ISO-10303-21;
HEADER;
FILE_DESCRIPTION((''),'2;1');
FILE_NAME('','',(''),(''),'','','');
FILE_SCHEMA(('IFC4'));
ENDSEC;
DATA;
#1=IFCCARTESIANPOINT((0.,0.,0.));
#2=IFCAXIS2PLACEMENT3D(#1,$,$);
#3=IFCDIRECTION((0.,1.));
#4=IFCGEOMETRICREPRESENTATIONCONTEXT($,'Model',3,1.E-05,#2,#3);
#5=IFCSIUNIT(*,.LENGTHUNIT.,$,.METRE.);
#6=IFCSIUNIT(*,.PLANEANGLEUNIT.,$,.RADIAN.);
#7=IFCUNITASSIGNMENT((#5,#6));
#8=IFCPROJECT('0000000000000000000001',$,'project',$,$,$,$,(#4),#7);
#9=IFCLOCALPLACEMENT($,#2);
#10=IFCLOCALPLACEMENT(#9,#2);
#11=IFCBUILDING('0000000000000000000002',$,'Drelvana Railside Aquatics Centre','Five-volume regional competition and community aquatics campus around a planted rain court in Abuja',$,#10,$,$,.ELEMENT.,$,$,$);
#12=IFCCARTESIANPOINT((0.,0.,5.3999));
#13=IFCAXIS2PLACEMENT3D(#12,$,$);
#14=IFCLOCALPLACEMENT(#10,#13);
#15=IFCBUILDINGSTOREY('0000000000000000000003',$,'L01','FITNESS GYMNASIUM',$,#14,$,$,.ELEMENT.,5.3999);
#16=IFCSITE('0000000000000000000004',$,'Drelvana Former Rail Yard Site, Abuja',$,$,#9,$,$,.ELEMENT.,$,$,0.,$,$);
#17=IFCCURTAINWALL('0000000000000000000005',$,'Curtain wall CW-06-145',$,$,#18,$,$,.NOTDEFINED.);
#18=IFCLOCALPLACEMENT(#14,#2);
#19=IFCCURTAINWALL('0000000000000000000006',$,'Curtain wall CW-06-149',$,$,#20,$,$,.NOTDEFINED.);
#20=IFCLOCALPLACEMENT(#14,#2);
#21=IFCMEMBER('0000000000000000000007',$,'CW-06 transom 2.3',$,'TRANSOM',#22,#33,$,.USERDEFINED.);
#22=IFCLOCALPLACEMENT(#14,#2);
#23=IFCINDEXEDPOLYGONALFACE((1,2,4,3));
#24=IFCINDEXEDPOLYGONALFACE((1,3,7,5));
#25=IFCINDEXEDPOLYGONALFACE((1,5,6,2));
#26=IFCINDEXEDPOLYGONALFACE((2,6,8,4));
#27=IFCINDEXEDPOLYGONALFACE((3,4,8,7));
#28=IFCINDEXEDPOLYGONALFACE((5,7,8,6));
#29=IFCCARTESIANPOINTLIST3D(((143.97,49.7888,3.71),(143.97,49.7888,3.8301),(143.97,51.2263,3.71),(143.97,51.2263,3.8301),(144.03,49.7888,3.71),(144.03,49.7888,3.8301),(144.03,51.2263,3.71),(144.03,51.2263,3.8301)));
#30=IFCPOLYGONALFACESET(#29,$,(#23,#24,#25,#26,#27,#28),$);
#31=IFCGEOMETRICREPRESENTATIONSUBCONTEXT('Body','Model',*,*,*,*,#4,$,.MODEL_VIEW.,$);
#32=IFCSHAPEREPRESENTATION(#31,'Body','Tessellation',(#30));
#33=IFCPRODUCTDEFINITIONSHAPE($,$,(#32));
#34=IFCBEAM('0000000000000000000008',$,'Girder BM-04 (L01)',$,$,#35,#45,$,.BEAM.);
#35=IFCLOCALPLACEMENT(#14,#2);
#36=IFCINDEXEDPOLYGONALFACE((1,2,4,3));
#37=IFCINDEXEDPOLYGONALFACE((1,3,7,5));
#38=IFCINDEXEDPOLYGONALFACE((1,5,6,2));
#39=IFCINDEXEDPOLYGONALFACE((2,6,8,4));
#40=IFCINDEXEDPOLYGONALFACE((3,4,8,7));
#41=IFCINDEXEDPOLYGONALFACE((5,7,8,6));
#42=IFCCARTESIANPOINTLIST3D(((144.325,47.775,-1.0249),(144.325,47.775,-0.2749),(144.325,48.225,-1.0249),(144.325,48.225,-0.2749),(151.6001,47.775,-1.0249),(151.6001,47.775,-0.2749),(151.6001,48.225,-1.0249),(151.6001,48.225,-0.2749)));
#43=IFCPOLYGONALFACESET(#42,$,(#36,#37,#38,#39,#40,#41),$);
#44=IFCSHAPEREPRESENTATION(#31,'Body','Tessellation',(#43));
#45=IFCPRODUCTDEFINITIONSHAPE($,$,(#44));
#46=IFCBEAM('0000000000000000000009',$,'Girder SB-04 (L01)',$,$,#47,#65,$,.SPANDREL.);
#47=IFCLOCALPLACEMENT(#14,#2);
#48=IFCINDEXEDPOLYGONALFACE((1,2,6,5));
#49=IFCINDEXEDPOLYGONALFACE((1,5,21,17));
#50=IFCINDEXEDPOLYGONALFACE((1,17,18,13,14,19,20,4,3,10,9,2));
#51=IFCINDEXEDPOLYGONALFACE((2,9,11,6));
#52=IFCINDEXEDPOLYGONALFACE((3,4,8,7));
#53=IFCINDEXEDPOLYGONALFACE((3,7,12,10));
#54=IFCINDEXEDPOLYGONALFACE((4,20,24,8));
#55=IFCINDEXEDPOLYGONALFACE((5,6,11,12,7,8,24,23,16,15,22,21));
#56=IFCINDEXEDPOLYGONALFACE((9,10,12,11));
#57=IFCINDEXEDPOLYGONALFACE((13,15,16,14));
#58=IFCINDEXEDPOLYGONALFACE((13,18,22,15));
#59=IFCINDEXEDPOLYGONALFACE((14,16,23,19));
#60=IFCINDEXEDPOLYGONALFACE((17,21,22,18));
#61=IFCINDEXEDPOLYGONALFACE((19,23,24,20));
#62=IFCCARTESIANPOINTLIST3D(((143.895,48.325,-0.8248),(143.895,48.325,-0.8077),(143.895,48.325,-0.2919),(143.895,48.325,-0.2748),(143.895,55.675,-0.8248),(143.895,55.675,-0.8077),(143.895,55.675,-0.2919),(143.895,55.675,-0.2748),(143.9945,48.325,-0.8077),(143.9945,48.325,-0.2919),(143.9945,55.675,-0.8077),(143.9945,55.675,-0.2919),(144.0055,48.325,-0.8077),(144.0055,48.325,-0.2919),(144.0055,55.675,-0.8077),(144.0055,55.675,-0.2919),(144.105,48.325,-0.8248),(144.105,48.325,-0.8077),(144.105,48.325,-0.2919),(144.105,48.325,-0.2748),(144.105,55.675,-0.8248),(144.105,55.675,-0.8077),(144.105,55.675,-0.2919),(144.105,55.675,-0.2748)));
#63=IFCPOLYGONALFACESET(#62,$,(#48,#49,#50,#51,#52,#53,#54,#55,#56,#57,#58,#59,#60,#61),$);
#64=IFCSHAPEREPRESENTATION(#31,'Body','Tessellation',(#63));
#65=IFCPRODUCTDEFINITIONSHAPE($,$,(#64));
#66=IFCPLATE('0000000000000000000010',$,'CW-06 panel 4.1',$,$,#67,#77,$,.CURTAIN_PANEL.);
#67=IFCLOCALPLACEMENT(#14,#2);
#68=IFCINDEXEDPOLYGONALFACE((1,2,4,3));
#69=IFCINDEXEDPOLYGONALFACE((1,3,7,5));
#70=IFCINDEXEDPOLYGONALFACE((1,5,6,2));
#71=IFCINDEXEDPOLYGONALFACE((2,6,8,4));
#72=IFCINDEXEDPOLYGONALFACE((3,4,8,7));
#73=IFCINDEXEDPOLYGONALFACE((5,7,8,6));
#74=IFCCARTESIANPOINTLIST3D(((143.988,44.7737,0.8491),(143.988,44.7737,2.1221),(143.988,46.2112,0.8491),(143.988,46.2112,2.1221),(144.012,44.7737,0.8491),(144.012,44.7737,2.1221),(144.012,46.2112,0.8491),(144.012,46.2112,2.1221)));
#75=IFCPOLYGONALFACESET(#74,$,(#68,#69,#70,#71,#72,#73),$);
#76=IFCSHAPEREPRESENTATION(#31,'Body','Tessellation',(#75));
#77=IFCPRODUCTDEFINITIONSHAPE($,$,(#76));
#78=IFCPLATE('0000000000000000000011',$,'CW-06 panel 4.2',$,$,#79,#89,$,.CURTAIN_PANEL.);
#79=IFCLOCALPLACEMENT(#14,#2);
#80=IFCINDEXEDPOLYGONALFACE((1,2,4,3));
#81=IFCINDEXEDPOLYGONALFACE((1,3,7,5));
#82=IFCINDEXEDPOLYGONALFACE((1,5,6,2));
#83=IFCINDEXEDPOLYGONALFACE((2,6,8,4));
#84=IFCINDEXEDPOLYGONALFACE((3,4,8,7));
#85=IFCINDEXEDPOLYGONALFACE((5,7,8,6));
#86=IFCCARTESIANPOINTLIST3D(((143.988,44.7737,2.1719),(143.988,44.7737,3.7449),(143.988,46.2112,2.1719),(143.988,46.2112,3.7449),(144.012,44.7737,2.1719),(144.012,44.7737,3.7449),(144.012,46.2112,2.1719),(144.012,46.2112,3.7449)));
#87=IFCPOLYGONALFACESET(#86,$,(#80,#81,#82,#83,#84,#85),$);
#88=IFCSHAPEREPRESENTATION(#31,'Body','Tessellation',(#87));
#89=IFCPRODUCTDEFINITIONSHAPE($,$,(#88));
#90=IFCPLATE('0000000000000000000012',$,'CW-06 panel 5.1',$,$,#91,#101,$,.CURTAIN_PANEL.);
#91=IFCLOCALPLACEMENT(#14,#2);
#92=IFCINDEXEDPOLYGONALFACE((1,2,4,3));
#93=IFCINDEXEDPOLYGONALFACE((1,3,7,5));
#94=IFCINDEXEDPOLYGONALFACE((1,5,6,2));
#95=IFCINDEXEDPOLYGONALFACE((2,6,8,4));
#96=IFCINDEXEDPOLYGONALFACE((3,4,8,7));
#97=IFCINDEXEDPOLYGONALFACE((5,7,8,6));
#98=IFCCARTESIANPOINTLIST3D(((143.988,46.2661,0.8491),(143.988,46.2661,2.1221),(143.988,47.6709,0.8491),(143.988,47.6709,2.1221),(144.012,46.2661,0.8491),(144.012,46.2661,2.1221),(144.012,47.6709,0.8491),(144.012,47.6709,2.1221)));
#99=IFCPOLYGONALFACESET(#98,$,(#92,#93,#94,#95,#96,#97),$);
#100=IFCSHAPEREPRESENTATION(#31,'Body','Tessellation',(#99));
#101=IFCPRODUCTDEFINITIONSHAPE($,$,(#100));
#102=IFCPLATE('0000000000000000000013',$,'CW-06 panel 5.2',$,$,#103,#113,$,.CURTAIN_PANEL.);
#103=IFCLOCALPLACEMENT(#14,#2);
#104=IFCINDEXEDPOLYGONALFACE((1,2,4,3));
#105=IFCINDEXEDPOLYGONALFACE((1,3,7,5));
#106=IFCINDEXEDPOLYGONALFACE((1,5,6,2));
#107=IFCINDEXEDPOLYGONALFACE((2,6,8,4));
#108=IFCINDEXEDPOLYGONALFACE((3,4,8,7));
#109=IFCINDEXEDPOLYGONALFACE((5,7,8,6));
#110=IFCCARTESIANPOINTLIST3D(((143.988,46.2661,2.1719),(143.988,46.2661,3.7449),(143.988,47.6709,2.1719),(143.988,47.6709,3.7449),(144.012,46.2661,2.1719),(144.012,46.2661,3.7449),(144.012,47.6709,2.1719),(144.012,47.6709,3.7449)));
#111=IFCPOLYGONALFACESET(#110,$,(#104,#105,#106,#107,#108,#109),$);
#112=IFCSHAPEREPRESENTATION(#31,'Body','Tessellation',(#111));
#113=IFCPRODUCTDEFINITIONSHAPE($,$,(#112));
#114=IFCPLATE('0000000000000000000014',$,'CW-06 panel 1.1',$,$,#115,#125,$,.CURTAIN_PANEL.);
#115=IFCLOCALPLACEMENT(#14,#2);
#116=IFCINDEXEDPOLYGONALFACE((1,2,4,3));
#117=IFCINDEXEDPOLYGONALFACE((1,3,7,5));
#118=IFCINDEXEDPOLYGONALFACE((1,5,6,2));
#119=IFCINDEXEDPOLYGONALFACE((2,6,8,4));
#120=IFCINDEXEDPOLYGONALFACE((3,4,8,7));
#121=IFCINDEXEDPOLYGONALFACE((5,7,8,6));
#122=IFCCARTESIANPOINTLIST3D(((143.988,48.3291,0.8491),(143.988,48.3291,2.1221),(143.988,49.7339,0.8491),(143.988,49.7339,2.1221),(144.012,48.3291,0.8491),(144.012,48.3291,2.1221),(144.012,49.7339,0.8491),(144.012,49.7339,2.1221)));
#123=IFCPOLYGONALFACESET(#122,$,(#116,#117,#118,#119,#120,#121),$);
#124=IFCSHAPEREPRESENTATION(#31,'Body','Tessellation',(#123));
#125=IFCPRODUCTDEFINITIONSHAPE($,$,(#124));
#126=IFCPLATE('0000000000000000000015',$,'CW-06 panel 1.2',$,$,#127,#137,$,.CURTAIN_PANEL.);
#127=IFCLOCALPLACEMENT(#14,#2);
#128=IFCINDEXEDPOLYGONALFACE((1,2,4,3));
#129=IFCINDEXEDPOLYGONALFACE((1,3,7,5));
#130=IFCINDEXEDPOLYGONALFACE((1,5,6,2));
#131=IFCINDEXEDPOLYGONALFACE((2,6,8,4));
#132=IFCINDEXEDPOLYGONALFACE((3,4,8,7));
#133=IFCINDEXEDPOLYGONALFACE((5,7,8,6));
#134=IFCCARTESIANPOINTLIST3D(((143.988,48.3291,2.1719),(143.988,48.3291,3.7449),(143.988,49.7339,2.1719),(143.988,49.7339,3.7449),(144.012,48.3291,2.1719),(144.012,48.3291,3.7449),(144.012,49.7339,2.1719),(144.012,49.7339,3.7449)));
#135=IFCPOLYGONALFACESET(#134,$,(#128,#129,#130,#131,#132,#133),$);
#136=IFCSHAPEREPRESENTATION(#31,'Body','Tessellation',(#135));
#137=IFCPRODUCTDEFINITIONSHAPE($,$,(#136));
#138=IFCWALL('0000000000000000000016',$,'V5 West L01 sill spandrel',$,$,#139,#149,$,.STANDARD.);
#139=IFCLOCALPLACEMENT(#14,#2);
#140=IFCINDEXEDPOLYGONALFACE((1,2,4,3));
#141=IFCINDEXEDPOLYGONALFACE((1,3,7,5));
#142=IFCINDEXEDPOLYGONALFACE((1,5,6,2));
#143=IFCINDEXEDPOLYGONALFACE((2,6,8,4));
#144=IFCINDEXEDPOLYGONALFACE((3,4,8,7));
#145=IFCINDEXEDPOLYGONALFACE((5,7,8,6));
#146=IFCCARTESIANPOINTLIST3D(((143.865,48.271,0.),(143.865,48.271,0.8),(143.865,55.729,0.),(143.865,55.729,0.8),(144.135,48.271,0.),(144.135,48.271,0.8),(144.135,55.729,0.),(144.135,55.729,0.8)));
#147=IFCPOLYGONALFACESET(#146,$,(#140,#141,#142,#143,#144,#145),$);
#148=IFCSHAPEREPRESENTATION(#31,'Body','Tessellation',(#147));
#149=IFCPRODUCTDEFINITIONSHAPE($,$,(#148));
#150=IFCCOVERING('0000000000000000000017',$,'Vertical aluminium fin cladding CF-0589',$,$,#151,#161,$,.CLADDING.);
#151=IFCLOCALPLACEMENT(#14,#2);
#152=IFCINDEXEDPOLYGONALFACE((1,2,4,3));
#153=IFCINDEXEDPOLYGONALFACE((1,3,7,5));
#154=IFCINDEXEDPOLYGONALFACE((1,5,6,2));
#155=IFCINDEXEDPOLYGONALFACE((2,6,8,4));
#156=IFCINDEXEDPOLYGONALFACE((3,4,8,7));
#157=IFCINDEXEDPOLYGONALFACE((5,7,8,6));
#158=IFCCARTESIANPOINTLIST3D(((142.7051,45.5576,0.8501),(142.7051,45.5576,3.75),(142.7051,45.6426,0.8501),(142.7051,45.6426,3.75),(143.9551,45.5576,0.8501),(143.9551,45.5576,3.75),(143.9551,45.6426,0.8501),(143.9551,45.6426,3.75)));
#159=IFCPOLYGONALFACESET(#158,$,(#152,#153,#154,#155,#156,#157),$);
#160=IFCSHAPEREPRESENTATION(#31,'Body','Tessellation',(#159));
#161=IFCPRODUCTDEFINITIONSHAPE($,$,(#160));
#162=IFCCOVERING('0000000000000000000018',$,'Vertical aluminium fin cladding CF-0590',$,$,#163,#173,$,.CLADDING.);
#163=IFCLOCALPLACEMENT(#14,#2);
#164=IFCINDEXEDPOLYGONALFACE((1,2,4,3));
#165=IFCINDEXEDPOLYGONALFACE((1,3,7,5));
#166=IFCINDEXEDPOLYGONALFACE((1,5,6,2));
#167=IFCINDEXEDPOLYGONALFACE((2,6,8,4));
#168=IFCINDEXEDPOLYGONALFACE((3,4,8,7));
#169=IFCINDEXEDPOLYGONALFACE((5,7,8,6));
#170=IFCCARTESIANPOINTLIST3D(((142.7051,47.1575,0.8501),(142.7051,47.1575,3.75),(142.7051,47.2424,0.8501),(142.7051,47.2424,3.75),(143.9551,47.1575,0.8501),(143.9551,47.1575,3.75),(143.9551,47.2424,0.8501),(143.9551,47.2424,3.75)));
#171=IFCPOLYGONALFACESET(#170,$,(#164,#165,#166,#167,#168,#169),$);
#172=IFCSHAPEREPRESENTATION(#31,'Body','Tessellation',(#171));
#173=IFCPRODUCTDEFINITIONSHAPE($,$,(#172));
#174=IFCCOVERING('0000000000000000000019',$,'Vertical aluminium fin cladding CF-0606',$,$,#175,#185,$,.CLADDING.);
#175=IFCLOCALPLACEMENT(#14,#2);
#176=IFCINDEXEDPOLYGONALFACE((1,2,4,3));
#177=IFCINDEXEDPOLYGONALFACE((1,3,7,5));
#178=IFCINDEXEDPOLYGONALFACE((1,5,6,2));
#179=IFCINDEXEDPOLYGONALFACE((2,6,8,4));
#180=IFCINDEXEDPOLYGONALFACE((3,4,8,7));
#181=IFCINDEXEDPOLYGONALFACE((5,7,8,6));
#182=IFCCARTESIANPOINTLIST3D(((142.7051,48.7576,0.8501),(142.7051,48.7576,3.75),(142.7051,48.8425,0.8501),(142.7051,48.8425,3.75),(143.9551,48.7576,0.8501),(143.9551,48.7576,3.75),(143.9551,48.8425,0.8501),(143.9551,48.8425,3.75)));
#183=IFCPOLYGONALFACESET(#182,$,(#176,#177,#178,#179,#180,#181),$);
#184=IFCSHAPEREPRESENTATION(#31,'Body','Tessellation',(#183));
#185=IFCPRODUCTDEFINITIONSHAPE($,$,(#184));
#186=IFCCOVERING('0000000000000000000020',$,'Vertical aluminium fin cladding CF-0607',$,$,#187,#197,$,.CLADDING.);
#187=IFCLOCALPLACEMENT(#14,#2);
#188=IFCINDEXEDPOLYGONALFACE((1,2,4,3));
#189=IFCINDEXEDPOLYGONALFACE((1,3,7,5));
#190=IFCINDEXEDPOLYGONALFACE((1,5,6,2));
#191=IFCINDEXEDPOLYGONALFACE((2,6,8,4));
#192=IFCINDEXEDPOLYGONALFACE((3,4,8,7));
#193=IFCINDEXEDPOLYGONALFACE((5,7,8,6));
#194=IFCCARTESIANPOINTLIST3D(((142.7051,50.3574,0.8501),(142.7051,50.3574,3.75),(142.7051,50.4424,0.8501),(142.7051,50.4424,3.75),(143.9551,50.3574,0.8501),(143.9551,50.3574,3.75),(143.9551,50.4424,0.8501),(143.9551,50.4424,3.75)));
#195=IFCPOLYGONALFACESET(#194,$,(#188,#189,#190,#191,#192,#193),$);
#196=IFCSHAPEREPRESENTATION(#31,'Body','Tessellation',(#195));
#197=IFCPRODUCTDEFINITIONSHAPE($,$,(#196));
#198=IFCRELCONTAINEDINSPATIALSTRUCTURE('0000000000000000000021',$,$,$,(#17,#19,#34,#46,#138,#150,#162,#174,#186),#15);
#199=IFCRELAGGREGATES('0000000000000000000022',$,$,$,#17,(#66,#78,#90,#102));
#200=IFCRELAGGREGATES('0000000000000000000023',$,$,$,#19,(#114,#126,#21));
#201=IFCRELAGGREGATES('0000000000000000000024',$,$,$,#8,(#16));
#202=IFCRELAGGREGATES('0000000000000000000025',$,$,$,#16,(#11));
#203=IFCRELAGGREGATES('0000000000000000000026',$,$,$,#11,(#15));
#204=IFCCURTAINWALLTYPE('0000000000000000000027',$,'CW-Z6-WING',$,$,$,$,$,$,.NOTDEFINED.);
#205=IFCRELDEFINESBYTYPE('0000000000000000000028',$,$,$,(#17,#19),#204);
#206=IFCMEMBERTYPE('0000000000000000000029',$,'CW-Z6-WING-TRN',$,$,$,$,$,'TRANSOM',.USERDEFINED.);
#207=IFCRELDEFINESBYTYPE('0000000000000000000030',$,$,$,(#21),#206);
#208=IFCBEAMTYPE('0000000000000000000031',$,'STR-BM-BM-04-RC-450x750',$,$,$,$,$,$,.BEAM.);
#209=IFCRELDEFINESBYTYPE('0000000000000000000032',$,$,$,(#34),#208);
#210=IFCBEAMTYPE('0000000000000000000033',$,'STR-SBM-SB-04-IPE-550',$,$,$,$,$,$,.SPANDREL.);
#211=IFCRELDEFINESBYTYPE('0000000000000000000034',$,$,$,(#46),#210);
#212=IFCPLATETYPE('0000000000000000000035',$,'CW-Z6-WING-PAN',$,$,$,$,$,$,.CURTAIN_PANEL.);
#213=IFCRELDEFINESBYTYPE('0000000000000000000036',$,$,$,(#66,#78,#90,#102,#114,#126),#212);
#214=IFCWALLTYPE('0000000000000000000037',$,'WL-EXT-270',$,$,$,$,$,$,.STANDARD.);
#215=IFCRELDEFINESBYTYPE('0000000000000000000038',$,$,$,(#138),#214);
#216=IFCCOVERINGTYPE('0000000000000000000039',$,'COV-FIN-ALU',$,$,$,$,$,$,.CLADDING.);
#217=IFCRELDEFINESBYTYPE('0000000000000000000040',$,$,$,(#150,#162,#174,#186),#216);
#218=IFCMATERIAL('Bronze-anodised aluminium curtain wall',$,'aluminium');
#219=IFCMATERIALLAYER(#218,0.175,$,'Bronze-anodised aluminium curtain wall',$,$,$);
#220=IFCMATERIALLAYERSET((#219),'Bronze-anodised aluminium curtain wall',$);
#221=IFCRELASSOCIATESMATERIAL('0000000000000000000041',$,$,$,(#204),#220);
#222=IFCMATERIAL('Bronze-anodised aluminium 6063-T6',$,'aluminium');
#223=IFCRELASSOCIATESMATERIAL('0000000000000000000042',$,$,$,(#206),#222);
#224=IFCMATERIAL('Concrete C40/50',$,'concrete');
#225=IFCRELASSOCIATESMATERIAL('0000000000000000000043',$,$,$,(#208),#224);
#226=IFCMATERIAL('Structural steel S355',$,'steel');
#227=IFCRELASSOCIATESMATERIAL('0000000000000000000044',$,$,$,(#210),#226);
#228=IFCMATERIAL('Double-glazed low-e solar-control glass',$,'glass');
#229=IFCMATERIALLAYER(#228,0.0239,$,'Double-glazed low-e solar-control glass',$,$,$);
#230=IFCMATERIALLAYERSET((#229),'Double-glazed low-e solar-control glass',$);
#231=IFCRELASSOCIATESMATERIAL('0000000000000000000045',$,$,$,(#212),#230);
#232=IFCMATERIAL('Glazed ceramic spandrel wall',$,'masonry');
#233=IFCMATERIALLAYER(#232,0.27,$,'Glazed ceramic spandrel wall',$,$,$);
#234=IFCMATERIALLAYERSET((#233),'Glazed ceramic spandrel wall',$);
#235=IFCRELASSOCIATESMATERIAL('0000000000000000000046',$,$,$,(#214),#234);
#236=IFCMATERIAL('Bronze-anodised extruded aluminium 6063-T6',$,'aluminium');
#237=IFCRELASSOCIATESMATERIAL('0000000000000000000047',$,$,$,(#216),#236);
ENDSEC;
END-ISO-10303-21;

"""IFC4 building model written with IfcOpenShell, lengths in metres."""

from ifc_helpers import new_model, si_unit, direction, frame, frame_2d, origin, origin_2d, place, context, subcontext, project, spatial, rectangle, i_section, extrude, material, layer, layer_set, material_profile, profile_set, type_object, element, aggregate, save


model = new_model("IFC4")

# Units and contexts
model_context = context("Model", 3, precision=1e-05, world=origin(), true_north=direction((0.0, 1.0)))
body_context = subcontext(model_context, "Body", "Model", "MODEL_VIEW")
ifc_project = project(units=[si_unit("LENGTHUNIT", "METRE"), si_unit("PLANEANGLEUNIT", "RADIAN")], contexts=[model_context])

# Site, building, storey
site_placement = place(None, origin())
site = spatial("IfcSite", under=ifc_project, at=site_placement, Name="Drelvana Former Rail Yard Site, Abuja", CompositionType="ELEMENT", RefElevation=0.0)
building_placement = place(site_placement, origin())
building = spatial("IfcBuilding", under=site, at=building_placement, Name="Drelvana Railside Aquatics Centre", Description="Five-volume regional competition and community aquatics campus around a planted rain court in Abuja", CompositionType="ELEMENT")
storey_placement = place(building_placement, frame((0.0, 0.0, 5.3999)))
storey = spatial("IfcBuildingStorey", under=building, at=storey_placement, Name="L01", Description="FITNESS GYMNASIUM", CompositionType="ELEMENT", Elevation=5.3999)

# Shared definitions
ifc_material_1 = material(Name="Concrete C40/50", Category="concrete")

# Curtain walls
ifc_material_2 = material(Name="Bronze-anodised aluminium curtain wall", Category="aluminium")
ifc_layer_1 = layer(ifc_material_2, 0.175, Name="Bronze-anodised aluminium curtain wall")
ifc_layer_set_1 = layer_set([ifc_layer_1], Name="Bronze-anodised aluminium curtain wall")
curtain_wall_type = type_object("IfcCurtainWallType", Name="CW-Z6-WING", PredefinedType="NOTDEFINED", material=ifc_layer_set_1)
curtain_wall_1_placement = place(storey_placement, origin())
curtain_wall_1 = element("IfcCurtainWall", 1, at=curtain_wall_1_placement, inside=storey, type_object=curtain_wall_type, Name="Curtain wall CW-06-145", PredefinedType="NOTDEFINED")
ifc_material_3 = material(Name="Bronze-anodised aluminium 6063-T6", Category="aluminium")
curtain_wall_2_placement = place(storey_placement, origin())
curtain_wall_2 = element("IfcCurtainWall", 2, at=curtain_wall_2_placement, inside=storey, type_object=curtain_wall_type, Name="Curtain wall CW-06-149", PredefinedType="NOTDEFINED")

# Member
ifc_material_profile_1 = material_profile(ifc_material_3, rectangle(XDim=0.1201, YDim=0.0601, at=origin_2d()), Name="ALU-T 60x120")
ifc_profile_set_1 = profile_set([ifc_material_profile_1], Name="Bronze-anodised aluminium 6063-T6")
member_type_1 = type_object("IfcMemberType", Name="CW-Z6-WING-TRN", ElementType="TRANSOM", PredefinedType="USERDEFINED", material=ifc_profile_set_1)
member_1_placement = place(storey_placement, frame((144.0, 49.7888, 3.77), z_axis=(0.0, 1.0, 0.0), x_axis=(0.0, 0.0, 1.0)))
member_1 = element("IfcMember", 3, at=member_1_placement, type_object=member_type_1, Name="CW-06 transom 2.3", ObjectType="TRANSOM", PredefinedType="USERDEFINED", context=body_context, shape_type="SweptSolid", body=[
    extrude(rectangle(XDim=0.1201, YDim=0.0601, at=origin_2d()), origin(), (0.0, 0.0, 1.0), 1.4375),
])

# Beams
ifc_material_profile_2 = material_profile(ifc_material_1, rectangle(XDim=0.45, YDim=0.75, at=origin_2d()), Name="RC 450x750")
ifc_profile_set_2 = profile_set([ifc_material_profile_2], Name="Concrete C40/50")
beam_type_1 = type_object("IfcBeamType", Name="STR-BM-BM-04-RC-450x750", PredefinedType="BEAM", material=ifc_profile_set_2)
beam_1_placement = place(storey_placement, frame((144.325, 48.0, -0.6499), z_axis=(1.0, 0.0, 0.0), x_axis=(0.0, 1.0, 0.0)))
element("IfcBeam", 4, at=beam_1_placement, inside=storey, type_object=beam_type_1, Name="Girder BM-04 (L01)", PredefinedType="BEAM", context=body_context, shape_type="SweptSolid", body=[
    extrude(rectangle(XDim=0.45, YDim=0.75, at=origin_2d()), origin(), (0.0, 0.0, 1.0), 7.2751),
])
ifc_material_4 = material(Name="Structural steel S355", Category="steel")
ifc_material_profile_3 = material_profile(ifc_material_4, i_section(OverallWidth=0.21, OverallDepth=0.55, WebThickness=0.011, FlangeThickness=0.0171, at=origin_2d()), Name="IPE 550")
ifc_profile_set_3 = profile_set([ifc_material_profile_3], Name="Structural steel S355")
beam_type_2 = type_object("IfcBeamType", Name="STR-SBM-SB-04-IPE-550", PredefinedType="SPANDREL", material=ifc_profile_set_3)
beam_2_placement = place(storey_placement, frame((144.0, 48.325, -0.5498), z_axis=(0.0, 1.0, 0.0), x_axis=(-1.0, 0.0, 0.0)))
element("IfcBeam", 5, at=beam_2_placement, inside=storey, type_object=beam_type_2, Name="Girder SB-04 (L01)", PredefinedType="SPANDREL", context=body_context, shape_type="SweptSolid", body=[
    extrude(i_section(OverallWidth=0.21, OverallDepth=0.55, WebThickness=0.011, FlangeThickness=0.0171, at=origin_2d()), origin(), (0.0, 0.0, 1.0), 7.3501),
])

# Plates
ifc_material_5 = material(Name="Double-glazed low-e solar-control glass", Category="glass")
ifc_layer_2 = layer(ifc_material_5, 0.0239, Name="Double-glazed low-e solar-control glass")
ifc_layer_set_2 = layer_set([ifc_layer_2], Name="Double-glazed low-e solar-control glass")
plate_type = type_object("IfcPlateType", Name="CW-Z6-WING-PAN", PredefinedType="CURTAIN_PANEL", material=ifc_layer_set_2)
plate_1_placement = place(storey_placement, frame((144.0, 45.4924, 0.8491), z_axis=(0.0, 0.0, 1.0), x_axis=(0.0, 1.0, 0.0)))
plate_1 = element("IfcPlate", 6, at=plate_1_placement, type_object=plate_type, Name="CW-06 panel 4.1", PredefinedType="CURTAIN_PANEL", context=body_context, shape_type="SweptSolid", body=[
    extrude(rectangle(XDim=1.4375, YDim=0.0239, at=origin_2d()), origin(), (0.0, 0.0, 1.0), 1.2729),
])
plate_2_placement = place(storey_placement, frame((144.0, 45.4924, 2.1719), z_axis=(0.0, 0.0, 1.0), x_axis=(0.0, 1.0, 0.0)))
plate_2 = element("IfcPlate", 7, at=plate_2_placement, type_object=plate_type, Name="CW-06 panel 4.2", PredefinedType="CURTAIN_PANEL", context=body_context, shape_type="SweptSolid", body=[
    extrude(rectangle(XDim=1.4375, YDim=0.0239, at=origin_2d()), origin(), (0.0, 0.0, 1.0), 1.573),
])
plate_3_placement = place(storey_placement, frame((144.0, 46.9685, 0.8491), z_axis=(0.0, 0.0, 1.0), x_axis=(0.0, 1.0, 0.0)))
plate_3 = element("IfcPlate", 8, at=plate_3_placement, type_object=plate_type, Name="CW-06 panel 5.1", PredefinedType="CURTAIN_PANEL", context=body_context, shape_type="SweptSolid", body=[
    extrude(rectangle(XDim=1.4048, YDim=0.0239, at=origin_2d()), origin(), (0.0, 0.0, 1.0), 1.2729),
])
plate_4_placement = place(storey_placement, frame((144.0, 46.9685, 2.1719), z_axis=(0.0, 0.0, 1.0), x_axis=(0.0, 1.0, 0.0)))
plate_4 = element("IfcPlate", 9, at=plate_4_placement, type_object=plate_type, Name="CW-06 panel 5.2", PredefinedType="CURTAIN_PANEL", context=body_context, shape_type="SweptSolid", body=[
    extrude(rectangle(XDim=1.4048, YDim=0.0239, at=origin_2d()), origin(), (0.0, 0.0, 1.0), 1.573),
])
aggregate(curtain_wall_1, [plate_1, plate_2, plate_3, plate_4])
plate_5_placement = place(storey_placement, frame((144.0, 49.0315, 0.8491), z_axis=(0.0, 0.0, 1.0), x_axis=(0.0, 1.0, 0.0)))
plate_5 = element("IfcPlate", 10, at=plate_5_placement, type_object=plate_type, Name="CW-06 panel 1.1", PredefinedType="CURTAIN_PANEL", context=body_context, shape_type="SweptSolid", body=[
    extrude(rectangle(XDim=1.4048, YDim=0.0239, at=origin_2d()), origin(), (0.0, 0.0, 1.0), 1.2729),
])
plate_6_placement = place(storey_placement, frame((144.0, 49.0315, 2.1719), z_axis=(0.0, 0.0, 1.0), x_axis=(0.0, 1.0, 0.0)))
plate_6 = element("IfcPlate", 11, at=plate_6_placement, type_object=plate_type, Name="CW-06 panel 1.2", PredefinedType="CURTAIN_PANEL", context=body_context, shape_type="SweptSolid", body=[
    extrude(rectangle(XDim=1.4048, YDim=0.0239, at=origin_2d()), origin(), (0.0, 0.0, 1.0), 1.573),
])
aggregate(curtain_wall_2, [plate_5, plate_6, member_1])

# Wall
ifc_material_6 = material(Name="Glazed ceramic spandrel wall", Category="masonry")
ifc_layer_3 = layer(ifc_material_6, 0.27, Name="Glazed ceramic spandrel wall")
ifc_layer_set_3 = layer_set([ifc_layer_3], Name="Glazed ceramic spandrel wall")
wall_type = type_object("IfcWallType", Name="WL-EXT-270", PredefinedType="STANDARD", material=ifc_layer_set_3)
wall_placement = place(storey_placement, frame((144.0, 48.271, 0.0), z_axis=(0.0, 0.0, 1.0), x_axis=(0.0, 1.0, 0.0)))
element("IfcWall", 12, at=wall_placement, inside=storey, type_object=wall_type, Name="V5 West L01 sill spandrel", PredefinedType="STANDARD", context=body_context, shape_type="SweptSolid", body=[
    extrude(rectangle(XDim=7.458, YDim=0.27, at=frame_2d((3.729, 0.0))), origin(), (0.0, 0.0, 1.0), 0.8),
])

# Coverings
ifc_material_7 = material(Name="Bronze-anodised extruded aluminium 6063-T6", Category="aluminium")
covering_type = type_object("IfcCoveringType", Name="COV-FIN-ALU", PredefinedType="CLADDING", material=ifc_material_7)
for number, where, z_axis, x_axis, name in (
    (13, (143.3301, 45.6001, 0.8501), (0.0, 0.0, 1.0), (0.0, 1.0, 0.0), "Vertical aluminium fin cladding CF-0589"),
    (14, (143.3301, 47.2, 0.8501), (0.0, 0.0, 1.0), (0.0, 1.0, 0.0), "Vertical aluminium fin cladding CF-0590"),
    (15, (143.3301, 48.8, 0.8501), (0.0, 0.0, 1.0), (0.0, 1.0, 0.0), "Vertical aluminium fin cladding CF-0606"),
    (16, (143.3301, 50.3999, 0.8501), (0.0, 0.0, 1.0), (0.0, 1.0, 0.0), "Vertical aluminium fin cladding CF-0607"),
):
    element("IfcCovering", number, at=place(storey_placement, frame(where, z_axis=z_axis, x_axis=x_axis)), inside=storey, type_object=covering_type, Name=name, PredefinedType="CLADDING", context=body_context, shape_type="SweptSolid", body=[
        extrude(rectangle(XDim=0.085, YDim=1.25, at=origin_2d()), origin(), (0.0, 0.0, 1.0), 2.8999),
    ])

save(model, "model.ifc")
